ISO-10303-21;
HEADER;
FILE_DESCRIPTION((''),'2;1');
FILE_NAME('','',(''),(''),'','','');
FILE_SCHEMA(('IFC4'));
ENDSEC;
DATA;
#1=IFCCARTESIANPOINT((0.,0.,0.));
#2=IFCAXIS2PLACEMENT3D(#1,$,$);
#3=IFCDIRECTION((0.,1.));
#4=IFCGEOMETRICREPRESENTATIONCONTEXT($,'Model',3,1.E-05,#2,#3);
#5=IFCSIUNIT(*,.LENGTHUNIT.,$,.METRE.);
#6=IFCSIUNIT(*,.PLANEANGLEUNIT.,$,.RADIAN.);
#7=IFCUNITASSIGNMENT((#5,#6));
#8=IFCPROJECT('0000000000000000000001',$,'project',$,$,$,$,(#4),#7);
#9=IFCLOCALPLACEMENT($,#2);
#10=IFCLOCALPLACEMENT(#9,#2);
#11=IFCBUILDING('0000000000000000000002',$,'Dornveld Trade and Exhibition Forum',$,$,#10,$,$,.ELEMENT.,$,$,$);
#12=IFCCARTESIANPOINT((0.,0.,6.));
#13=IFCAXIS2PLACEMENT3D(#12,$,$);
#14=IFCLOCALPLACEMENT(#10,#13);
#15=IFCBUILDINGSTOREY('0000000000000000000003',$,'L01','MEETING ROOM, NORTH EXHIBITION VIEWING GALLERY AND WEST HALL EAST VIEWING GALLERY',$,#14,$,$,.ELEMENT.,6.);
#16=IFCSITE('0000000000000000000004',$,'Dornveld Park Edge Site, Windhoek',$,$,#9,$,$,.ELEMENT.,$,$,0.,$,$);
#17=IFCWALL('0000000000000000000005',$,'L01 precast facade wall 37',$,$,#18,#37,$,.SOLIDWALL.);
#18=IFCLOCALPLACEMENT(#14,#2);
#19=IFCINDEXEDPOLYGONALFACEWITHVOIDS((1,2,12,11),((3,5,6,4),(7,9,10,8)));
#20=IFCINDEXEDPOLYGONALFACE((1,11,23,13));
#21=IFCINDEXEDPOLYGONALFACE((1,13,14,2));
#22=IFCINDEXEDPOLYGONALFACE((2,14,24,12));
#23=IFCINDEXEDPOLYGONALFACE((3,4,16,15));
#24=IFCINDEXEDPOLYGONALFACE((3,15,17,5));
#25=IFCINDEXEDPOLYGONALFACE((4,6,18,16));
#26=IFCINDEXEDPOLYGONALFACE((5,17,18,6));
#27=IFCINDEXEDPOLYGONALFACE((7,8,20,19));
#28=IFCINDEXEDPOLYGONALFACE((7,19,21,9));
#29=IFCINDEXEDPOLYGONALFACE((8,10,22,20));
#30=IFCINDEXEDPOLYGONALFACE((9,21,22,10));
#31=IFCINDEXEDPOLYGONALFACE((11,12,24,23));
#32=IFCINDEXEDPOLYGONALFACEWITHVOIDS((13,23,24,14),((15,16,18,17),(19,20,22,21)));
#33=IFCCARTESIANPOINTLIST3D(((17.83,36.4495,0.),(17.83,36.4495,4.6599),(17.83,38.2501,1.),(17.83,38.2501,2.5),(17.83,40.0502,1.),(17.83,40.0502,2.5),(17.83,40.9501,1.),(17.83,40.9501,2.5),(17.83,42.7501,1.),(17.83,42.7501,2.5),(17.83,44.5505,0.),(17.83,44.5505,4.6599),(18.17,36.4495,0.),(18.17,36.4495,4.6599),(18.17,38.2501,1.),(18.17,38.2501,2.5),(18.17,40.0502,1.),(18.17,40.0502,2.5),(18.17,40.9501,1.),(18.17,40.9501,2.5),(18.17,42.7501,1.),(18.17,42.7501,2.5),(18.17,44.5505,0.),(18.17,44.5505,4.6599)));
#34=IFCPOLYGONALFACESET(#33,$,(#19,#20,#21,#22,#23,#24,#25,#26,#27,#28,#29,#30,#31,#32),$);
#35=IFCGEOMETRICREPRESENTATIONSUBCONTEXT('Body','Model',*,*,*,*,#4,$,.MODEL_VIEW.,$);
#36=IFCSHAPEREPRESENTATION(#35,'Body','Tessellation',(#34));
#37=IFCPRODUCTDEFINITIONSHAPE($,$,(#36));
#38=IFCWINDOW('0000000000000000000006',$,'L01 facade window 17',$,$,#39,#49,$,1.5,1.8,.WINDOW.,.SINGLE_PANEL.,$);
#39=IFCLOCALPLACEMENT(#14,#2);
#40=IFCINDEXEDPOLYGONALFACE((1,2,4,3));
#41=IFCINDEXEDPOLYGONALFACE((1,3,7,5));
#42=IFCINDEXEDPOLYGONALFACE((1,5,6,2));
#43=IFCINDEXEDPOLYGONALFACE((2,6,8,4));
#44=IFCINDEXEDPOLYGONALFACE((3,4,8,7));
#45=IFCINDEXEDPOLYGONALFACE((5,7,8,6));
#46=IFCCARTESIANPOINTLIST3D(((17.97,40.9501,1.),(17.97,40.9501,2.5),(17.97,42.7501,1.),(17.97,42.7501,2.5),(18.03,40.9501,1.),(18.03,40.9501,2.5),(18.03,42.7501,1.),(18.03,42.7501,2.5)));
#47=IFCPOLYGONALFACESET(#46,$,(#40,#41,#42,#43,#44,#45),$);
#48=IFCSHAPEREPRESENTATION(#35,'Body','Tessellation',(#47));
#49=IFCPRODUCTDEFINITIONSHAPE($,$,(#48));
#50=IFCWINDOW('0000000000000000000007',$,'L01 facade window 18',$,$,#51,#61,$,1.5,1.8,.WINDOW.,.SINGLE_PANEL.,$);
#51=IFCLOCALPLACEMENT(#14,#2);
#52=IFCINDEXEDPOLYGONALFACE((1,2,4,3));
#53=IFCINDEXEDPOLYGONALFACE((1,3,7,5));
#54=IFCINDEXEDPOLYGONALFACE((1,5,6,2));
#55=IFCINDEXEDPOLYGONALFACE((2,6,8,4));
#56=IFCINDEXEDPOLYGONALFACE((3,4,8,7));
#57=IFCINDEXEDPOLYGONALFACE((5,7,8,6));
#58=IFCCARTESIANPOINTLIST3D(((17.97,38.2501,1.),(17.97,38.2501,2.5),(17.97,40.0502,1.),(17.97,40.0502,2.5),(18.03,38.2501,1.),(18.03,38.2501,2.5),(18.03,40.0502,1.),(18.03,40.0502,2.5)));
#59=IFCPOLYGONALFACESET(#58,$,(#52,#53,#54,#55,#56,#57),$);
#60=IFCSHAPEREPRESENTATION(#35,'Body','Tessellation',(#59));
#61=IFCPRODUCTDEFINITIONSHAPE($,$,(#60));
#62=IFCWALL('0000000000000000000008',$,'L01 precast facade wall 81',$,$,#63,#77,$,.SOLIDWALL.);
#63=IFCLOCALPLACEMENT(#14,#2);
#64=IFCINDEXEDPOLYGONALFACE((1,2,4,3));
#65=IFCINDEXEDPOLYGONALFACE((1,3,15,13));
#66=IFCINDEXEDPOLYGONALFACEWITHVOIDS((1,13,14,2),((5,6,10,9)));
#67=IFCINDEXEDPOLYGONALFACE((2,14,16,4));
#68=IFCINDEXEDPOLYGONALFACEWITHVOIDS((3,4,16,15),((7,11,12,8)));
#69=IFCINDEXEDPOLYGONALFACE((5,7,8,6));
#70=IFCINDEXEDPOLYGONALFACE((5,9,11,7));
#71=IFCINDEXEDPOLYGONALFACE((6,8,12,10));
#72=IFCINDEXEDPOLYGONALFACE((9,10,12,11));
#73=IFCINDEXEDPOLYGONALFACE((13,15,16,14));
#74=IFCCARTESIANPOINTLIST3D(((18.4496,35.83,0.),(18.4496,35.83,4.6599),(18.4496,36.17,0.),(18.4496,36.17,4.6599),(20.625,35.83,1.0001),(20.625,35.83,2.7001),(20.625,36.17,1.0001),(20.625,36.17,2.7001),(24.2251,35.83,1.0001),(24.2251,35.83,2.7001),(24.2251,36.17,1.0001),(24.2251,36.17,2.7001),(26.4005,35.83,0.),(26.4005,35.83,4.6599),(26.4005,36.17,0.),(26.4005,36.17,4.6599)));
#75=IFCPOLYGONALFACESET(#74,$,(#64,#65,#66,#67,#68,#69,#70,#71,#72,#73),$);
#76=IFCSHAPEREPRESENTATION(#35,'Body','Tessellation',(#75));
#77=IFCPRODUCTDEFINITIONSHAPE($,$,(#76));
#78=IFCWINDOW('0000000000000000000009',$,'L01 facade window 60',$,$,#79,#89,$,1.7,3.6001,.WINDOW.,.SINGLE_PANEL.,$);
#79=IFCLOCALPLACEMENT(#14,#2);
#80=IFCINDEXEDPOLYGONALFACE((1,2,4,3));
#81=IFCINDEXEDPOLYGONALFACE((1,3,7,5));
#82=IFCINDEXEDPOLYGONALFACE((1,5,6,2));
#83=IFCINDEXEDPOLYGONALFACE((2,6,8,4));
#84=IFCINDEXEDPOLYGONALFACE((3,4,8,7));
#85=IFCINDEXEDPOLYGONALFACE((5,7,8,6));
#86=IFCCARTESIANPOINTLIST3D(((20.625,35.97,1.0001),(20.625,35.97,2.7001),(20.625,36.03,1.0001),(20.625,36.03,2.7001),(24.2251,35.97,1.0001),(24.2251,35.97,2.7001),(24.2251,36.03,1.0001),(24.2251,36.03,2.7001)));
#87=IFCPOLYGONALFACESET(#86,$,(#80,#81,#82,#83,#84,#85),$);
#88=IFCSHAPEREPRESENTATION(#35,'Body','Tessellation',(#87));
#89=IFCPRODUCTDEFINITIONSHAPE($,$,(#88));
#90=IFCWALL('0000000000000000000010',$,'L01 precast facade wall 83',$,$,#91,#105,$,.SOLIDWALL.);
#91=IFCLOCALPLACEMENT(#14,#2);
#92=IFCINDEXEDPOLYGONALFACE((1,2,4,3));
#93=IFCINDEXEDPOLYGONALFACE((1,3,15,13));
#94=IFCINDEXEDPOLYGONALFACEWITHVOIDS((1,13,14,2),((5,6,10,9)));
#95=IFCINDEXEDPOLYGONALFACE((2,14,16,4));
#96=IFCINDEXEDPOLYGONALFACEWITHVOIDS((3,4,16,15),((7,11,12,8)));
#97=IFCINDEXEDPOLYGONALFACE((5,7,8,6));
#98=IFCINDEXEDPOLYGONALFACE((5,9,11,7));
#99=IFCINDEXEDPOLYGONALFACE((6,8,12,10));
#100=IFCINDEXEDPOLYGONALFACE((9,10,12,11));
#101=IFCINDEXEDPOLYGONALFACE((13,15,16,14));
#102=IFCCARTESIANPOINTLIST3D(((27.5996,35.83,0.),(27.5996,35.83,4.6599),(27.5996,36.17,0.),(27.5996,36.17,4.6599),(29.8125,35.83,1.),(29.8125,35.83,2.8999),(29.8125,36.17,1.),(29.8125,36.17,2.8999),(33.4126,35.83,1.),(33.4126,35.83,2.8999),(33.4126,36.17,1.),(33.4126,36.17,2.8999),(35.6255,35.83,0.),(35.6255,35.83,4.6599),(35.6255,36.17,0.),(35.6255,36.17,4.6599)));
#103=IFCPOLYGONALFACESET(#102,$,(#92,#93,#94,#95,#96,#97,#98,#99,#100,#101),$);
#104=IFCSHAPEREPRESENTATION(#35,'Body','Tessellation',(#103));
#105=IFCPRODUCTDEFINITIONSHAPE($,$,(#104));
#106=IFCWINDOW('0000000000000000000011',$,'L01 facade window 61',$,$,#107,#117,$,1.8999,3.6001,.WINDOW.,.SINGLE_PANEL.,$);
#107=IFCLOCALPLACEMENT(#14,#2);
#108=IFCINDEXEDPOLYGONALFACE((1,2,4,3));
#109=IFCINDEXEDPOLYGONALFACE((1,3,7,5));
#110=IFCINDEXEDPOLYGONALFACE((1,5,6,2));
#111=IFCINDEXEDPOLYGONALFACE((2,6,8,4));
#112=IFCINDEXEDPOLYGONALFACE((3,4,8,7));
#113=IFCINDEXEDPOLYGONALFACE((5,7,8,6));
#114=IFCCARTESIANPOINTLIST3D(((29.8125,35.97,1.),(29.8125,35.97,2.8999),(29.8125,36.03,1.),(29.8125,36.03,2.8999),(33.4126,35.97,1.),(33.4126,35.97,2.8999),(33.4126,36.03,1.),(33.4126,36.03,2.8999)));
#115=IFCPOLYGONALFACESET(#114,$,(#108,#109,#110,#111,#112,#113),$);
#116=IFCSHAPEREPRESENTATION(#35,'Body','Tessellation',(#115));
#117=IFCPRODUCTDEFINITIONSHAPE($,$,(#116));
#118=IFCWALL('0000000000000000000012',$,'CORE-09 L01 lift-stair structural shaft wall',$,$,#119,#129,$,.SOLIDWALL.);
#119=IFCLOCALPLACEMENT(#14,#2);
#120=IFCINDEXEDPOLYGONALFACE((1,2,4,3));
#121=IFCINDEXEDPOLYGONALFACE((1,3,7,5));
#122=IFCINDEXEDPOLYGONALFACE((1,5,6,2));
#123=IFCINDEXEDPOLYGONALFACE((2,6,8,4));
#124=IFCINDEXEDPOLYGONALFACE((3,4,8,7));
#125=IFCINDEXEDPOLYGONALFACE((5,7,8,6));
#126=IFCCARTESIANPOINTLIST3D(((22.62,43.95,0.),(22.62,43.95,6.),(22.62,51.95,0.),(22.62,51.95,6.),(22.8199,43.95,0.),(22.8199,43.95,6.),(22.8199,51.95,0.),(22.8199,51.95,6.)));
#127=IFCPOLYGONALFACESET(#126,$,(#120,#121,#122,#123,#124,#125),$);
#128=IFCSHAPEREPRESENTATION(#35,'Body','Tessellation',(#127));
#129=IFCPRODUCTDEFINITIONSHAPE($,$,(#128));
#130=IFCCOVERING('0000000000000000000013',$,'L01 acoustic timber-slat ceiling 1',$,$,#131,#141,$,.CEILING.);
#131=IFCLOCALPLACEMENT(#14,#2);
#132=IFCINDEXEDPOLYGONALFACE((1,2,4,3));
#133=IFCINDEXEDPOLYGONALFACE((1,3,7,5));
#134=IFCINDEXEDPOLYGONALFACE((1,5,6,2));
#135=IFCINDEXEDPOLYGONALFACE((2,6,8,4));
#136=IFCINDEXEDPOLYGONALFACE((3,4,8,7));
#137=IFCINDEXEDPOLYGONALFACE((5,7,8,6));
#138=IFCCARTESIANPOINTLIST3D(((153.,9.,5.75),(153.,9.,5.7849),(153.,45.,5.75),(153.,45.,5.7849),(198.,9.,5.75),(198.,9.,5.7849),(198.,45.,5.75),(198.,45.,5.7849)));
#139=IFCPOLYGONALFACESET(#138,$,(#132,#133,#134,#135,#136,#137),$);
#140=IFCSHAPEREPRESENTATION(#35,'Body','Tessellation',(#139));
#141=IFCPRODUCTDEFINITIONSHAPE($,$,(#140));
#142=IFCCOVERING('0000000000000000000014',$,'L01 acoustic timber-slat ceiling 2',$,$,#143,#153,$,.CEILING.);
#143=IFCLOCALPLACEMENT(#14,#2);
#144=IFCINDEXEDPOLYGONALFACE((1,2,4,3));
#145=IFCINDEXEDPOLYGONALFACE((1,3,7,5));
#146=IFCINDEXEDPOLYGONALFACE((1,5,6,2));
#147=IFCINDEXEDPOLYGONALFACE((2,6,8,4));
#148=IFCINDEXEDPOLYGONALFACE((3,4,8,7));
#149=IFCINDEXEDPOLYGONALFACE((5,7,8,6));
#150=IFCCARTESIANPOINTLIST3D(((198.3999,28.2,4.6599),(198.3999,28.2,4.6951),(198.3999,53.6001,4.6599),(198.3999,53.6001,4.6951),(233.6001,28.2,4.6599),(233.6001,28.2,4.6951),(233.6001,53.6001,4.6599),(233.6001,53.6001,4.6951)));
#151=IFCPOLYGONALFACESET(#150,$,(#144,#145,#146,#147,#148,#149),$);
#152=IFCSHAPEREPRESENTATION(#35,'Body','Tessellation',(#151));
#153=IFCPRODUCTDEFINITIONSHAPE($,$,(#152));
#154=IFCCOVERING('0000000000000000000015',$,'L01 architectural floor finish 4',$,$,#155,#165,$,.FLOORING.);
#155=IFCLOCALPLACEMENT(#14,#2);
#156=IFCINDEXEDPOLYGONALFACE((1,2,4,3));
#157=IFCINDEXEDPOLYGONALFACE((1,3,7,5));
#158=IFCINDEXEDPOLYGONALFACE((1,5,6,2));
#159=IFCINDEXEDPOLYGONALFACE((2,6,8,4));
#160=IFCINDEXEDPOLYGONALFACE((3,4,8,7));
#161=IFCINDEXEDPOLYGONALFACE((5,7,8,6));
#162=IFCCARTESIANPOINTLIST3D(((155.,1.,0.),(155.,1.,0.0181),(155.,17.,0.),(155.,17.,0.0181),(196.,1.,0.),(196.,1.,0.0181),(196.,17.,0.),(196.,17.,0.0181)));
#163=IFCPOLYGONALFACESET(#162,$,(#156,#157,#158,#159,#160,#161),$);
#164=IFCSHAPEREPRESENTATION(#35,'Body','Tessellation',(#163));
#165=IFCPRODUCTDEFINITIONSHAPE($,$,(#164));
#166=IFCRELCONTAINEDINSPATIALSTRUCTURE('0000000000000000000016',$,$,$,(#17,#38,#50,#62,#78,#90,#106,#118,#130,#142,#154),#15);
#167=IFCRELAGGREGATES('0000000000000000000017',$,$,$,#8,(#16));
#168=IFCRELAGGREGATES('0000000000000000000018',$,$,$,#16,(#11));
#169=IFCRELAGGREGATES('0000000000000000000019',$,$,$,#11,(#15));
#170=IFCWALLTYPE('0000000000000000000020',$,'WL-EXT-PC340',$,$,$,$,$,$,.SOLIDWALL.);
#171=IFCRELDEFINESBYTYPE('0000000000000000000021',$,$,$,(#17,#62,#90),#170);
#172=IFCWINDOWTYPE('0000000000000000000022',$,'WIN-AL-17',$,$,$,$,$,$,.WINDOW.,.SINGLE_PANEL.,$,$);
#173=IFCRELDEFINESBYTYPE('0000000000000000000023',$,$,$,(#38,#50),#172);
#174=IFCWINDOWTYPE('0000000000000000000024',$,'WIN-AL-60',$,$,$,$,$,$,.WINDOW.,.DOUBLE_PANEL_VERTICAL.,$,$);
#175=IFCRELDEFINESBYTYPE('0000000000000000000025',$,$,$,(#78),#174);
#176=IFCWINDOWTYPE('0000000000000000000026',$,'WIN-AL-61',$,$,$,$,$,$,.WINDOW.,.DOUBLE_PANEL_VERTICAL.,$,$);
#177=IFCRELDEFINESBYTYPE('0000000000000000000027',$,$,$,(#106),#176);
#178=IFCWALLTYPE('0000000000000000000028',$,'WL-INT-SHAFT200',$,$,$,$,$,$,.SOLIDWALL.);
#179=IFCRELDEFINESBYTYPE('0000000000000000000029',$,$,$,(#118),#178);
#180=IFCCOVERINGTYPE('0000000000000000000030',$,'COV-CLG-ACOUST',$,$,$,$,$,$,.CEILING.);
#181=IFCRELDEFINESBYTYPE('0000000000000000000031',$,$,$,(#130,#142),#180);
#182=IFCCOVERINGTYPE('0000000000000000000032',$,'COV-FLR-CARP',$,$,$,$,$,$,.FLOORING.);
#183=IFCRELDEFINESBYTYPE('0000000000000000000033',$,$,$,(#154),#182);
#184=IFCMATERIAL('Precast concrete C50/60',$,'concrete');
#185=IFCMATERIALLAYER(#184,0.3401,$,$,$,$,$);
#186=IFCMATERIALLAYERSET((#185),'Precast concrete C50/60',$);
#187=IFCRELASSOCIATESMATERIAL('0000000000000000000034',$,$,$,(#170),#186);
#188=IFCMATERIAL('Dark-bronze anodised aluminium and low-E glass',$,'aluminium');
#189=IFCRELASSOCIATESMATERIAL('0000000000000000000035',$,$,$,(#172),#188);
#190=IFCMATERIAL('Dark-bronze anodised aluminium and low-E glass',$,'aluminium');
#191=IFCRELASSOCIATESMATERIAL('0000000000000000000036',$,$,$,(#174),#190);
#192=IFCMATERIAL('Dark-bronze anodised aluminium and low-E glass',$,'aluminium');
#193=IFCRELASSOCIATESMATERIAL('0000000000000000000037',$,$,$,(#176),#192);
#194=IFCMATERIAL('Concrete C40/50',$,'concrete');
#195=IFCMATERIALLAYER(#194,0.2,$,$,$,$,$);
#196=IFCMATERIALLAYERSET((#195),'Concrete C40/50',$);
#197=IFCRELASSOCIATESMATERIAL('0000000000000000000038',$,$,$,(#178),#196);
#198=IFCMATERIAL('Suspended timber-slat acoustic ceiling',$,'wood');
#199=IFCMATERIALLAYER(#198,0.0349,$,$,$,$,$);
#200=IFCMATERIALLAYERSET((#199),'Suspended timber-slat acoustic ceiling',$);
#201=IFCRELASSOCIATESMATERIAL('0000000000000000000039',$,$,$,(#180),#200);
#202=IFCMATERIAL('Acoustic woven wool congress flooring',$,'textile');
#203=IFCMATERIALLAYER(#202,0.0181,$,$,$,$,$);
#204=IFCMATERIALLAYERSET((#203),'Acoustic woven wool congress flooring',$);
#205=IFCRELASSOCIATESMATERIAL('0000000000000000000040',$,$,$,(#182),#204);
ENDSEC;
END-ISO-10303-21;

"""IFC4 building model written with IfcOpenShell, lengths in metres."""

from ifc_helpers import new_model, si_unit, direction, frame, frame_2d, origin, place, context, subcontext, project, spatial, polyline, rectangle, outline, extrude, material, layer, layer_set, type_object, element, fill, save


model = new_model("IFC4")

# Units and contexts
model_context = context("Model", 3, precision=1e-05, world=origin(), true_north=direction((0.0, 1.0)))
body_context = subcontext(model_context, "Body", "Model", "MODEL_VIEW")
ifc_project = project(units=[si_unit("LENGTHUNIT", "METRE"), si_unit("PLANEANGLEUNIT", "RADIAN")], contexts=[model_context])

# Site, building, storey
site_placement = place(None, origin())
site = spatial("IfcSite", under=ifc_project, at=site_placement, Name="Dornveld Park Edge Site, Windhoek", CompositionType="ELEMENT", RefElevation=0.0)
building_placement = place(site_placement, origin())
building = spatial("IfcBuilding", under=site, at=building_placement, Name="Dornveld Trade and Exhibition Forum", CompositionType="ELEMENT")
storey_placement = place(building_placement, frame((0.0, 0.0, 6.0)))
storey = spatial("IfcBuildingStorey", under=building, at=storey_placement, Name="L01", Description="MEETING ROOM, NORTH EXHIBITION VIEWING GALLERY AND WEST HALL EAST VIEWING GALLERY", CompositionType="ELEMENT", Elevation=6.0)

# Wall, openings, windows
ifc_material_1 = material(Name="Precast concrete C50/60", Category="concrete")
ifc_layer_1 = layer(ifc_material_1, 0.3401)
ifc_layer_set_1 = layer_set([ifc_layer_1], Name="Precast concrete C50/60")
wall_type_1 = type_object("IfcWallType", Name="WL-EXT-PC340", PredefinedType="SOLIDWALL", material=ifc_layer_set_1)
wall_1_placement = place(storey_placement, frame((18.0, 44.5505, 0.0), z_axis=(0.0, 0.0, 1.0), x_axis=(0.0, -1.0, 0.0)))
wall_1 = element("IfcWall", 1, at=wall_1_placement, inside=storey, type_object=wall_type_1, Name="L01 precast facade wall 37", PredefinedType="SOLIDWALL", context=body_context, shape_type="SweptSolid", body=[
    extrude(rectangle(XDim=8.1011, YDim=0.3401, at=frame_2d((4.0505, 0.0))), origin(), (0.0, 0.0, 1.0), 4.6599),
])
opening_1_placement = place(wall_1_placement, frame((1.8005, 0.0, 1.0)))
opening_1 = element("IfcOpeningElement", 2, at=opening_1_placement, cuts=wall_1, PredefinedType="OPENING", context=body_context, shape_type="SweptSolid", body=[
    extrude(rectangle(XDim=1.8, YDim=1.5, at=frame_2d((0.8999, 0.75))), frame((0.0, 0.1799, 0.0), z_axis=(0.0, -1.0, 0.0), x_axis=(1.0, 0.0, 0.0)), (0.0, 0.0, 1.0), 0.3601),
])
opening_2_placement = place(wall_1_placement, frame((4.5005, 0.0, 1.0)))
opening_2 = element("IfcOpeningElement", 3, at=opening_2_placement, cuts=wall_1, PredefinedType="OPENING", context=body_context, shape_type="SweptSolid", body=[
    extrude(rectangle(XDim=1.8, YDim=1.5, at=frame_2d((0.8999, 0.75))), frame((0.0, 0.1799, 0.0), z_axis=(0.0, -1.0, 0.0), x_axis=(1.0, 0.0, 0.0)), (0.0, 0.0, 1.0), 0.3601),
])
ifc_material_2 = material(Name="Dark-bronze anodised aluminium and low-E glass", Category="aluminium")
window_type_1 = type_object("IfcWindowType", Name="WIN-AL-17", PartitioningType="SINGLE_PANEL", PredefinedType="WINDOW", material=ifc_material_2)
window_1_placement = place(opening_1_placement, origin())
window_1 = element("IfcWindow", 4, at=window_1_placement, inside=storey, type_object=window_type_1, Name="L01 facade window 17", OverallHeight=1.5, OverallWidth=1.8, PartitioningType="SINGLE_PANEL", PredefinedType="WINDOW", context=body_context, shape_type="SweptSolid", body=[
    extrude(rectangle(XDim=1.8, YDim=1.5, at=frame_2d((0.8999, 0.75))), frame((0.0, 0.03, 0.0), z_axis=(0.0, -1.0, 0.0), x_axis=(1.0, 0.0, 0.0)), (0.0, 0.0, 1.0), 0.0601),
])
fill(opening_1, window_1)
window_2_placement = place(opening_2_placement, origin())
window_2 = element("IfcWindow", 5, at=window_2_placement, inside=storey, type_object=window_type_1, Name="L01 facade window 18", OverallHeight=1.5, OverallWidth=1.8, PartitioningType="SINGLE_PANEL", PredefinedType="WINDOW", context=body_context, shape_type="SweptSolid", body=[
    extrude(rectangle(XDim=1.8, YDim=1.5, at=frame_2d((0.8999, 0.75))), frame((0.0, 0.03, 0.0), z_axis=(0.0, -1.0, 0.0), x_axis=(1.0, 0.0, 0.0)), (0.0, 0.0, 1.0), 0.0601),
])
fill(opening_2, window_2)

# Walls, openings, windows
wall_2_placement = place(storey_placement, frame((18.4495, 36.0, 0.0), z_axis=(0.0, 0.0, 1.0), x_axis=(1.0, 0.0, 0.0)))
wall_2 = element("IfcWall", 6, at=wall_2_placement, inside=storey, type_object=wall_type_1, Name="L01 precast facade wall 81", PredefinedType="SOLIDWALL", context=body_context, shape_type="SweptSolid", body=[
    extrude(rectangle(XDim=7.9509, YDim=0.3401, at=frame_2d((3.9756, 0.0))), origin(), (0.0, 0.0, 1.0), 4.6599),
])
opening_3_placement = place(wall_2_placement, frame((2.1755, 0.0, 1.0)))
opening_3 = element("IfcOpeningElement", 7, at=opening_3_placement, cuts=wall_2, PredefinedType="OPENING", context=body_context, shape_type="SweptSolid", body=[
    extrude(rectangle(XDim=3.6001, YDim=1.7, at=frame_2d((1.8, 0.8501))), frame((0.0, 0.1799, 0.0), z_axis=(0.0, -1.0, 0.0), x_axis=(1.0, 0.0, 0.0)), (0.0, 0.0, 1.0), 0.3601),
])
ifc_material_3 = material(Name="Dark-bronze anodised aluminium and low-E glass", Category="aluminium")
window_type_2 = type_object("IfcWindowType", Name="WIN-AL-60", PartitioningType="DOUBLE_PANEL_VERTICAL", PredefinedType="WINDOW", material=ifc_material_3)
window_3_placement = place(opening_3_placement, origin())
window_3 = element("IfcWindow", 8, at=window_3_placement, inside=storey, type_object=window_type_2, Name="L01 facade window 60", OverallHeight=1.7, OverallWidth=3.6001, PartitioningType="SINGLE_PANEL", PredefinedType="WINDOW", context=body_context, shape_type="SweptSolid", body=[
    extrude(rectangle(XDim=3.6001, YDim=1.7, at=frame_2d((1.8, 0.8501))), frame((0.0, 0.03, 0.0), z_axis=(0.0, -1.0, 0.0), x_axis=(1.0, 0.0, 0.0)), (0.0, 0.0, 1.0), 0.0601),
])
fill(opening_3, window_3)
wall_3_placement = place(storey_placement, frame((27.5996, 36.0, 0.0), z_axis=(0.0, 0.0, 1.0), x_axis=(1.0, 0.0, 0.0)))
wall_3 = element("IfcWall", 9, at=wall_3_placement, inside=storey, type_object=wall_type_1, Name="L01 precast facade wall 83", PredefinedType="SOLIDWALL", context=body_context, shape_type="SweptSolid", body=[
    extrude(rectangle(XDim=8.0259, YDim=0.3401, at=frame_2d((4.0129, 0.0))), origin(), (0.0, 0.0, 1.0), 4.6599),
])
opening_4_placement = place(wall_3_placement, frame((2.2129, 0.0, 1.0)))
opening_4 = element("IfcOpeningElement", 10, at=opening_4_placement, cuts=wall_3, PredefinedType="OPENING", context=body_context, shape_type="SweptSolid", body=[
    extrude(rectangle(XDim=3.6001, YDim=1.8999, at=frame_2d((1.8, 0.95))), frame((0.0, 0.1799, 0.0), z_axis=(0.0, -1.0, 0.0), x_axis=(1.0, 0.0, 0.0)), (0.0, 0.0, 1.0), 0.3601),
])
ifc_material_4 = material(Name="Dark-bronze anodised aluminium and low-E glass", Category="aluminium")
window_type_3 = type_object("IfcWindowType", Name="WIN-AL-61", PartitioningType="DOUBLE_PANEL_VERTICAL", PredefinedType="WINDOW", material=ifc_material_4)
window_4_placement = place(opening_4_placement, origin())
window_4 = element("IfcWindow", 11, at=window_4_placement, inside=storey, type_object=window_type_3, Name="L01 facade window 61", OverallHeight=1.8999, OverallWidth=3.6001, PartitioningType="SINGLE_PANEL", PredefinedType="WINDOW", context=body_context, shape_type="SweptSolid", body=[
    extrude(rectangle(XDim=3.6001, YDim=1.8999, at=frame_2d((1.8, 0.95))), frame((0.0, 0.03, 0.0), z_axis=(0.0, -1.0, 0.0), x_axis=(1.0, 0.0, 0.0)), (0.0, 0.0, 1.0), 0.0601),
])
fill(opening_4, window_4)

# Wall
ifc_material_5 = material(Name="Concrete C40/50", Category="concrete")
ifc_layer_2 = layer(ifc_material_5, 0.2)
ifc_layer_set_2 = layer_set([ifc_layer_2], Name="Concrete C40/50")
wall_type_2 = type_object("IfcWallType", Name="WL-INT-SHAFT200", PredefinedType="SOLIDWALL", material=ifc_layer_set_2)
wall_4_placement = place(storey_placement, frame((22.72, 43.95, 0.0), z_axis=(0.0, 0.0, 1.0), x_axis=(0.0, 1.0, 0.0)))
element("IfcWall", 12, at=wall_4_placement, inside=storey, type_object=wall_type_2, Name="CORE-09 L01 lift-stair structural shaft wall", PredefinedType="SOLIDWALL", context=body_context, shape_type="SweptSolid", body=[
    extrude(rectangle(XDim=8.0, YDim=0.2, at=frame_2d((4.0, 0.0))), origin(), (0.0, 0.0, 1.0), 6.0),
])

# Coverings
ifc_material_6 = material(Name="Suspended timber-slat acoustic ceiling", Category="wood")
ifc_layer_3 = layer(ifc_material_6, 0.0349)
ifc_layer_set_3 = layer_set([ifc_layer_3], Name="Suspended timber-slat acoustic ceiling")
covering_type_1 = type_object("IfcCoveringType", Name="COV-CLG-ACOUST", PredefinedType="CEILING", material=ifc_layer_set_3)
covering_1_placement = place(storey_placement, frame((0.0, 0.0, 5.75)))
element("IfcCovering", 13, at=covering_1_placement, inside=storey, type_object=covering_type_1, Name="L01 acoustic timber-slat ceiling 1", PredefinedType="CEILING", context=body_context, shape_type="SweptSolid", body=[
    extrude(outline(polyline([(153.0, 9.0), (198.0, 9.0), (198.0, 45.0), (153.0, 45.0), (153.0, 9.0)])), origin(), (0.0, 0.0, 1.0), 0.0349),
])
covering_2_placement = place(storey_placement, frame((0.0, 0.0, 4.6599)))
element("IfcCovering", 14, at=covering_2_placement, inside=storey, type_object=covering_type_1, Name="L01 acoustic timber-slat ceiling 2", PredefinedType="CEILING", context=body_context, shape_type="SweptSolid", body=[
    extrude(outline(polyline([(198.3999, 28.2), (233.6001, 28.2), (233.6001, 53.6001), (198.3999, 53.6001), (198.3999, 28.2)])), origin(), (0.0, 0.0, 1.0), 0.0352),
])
ifc_material_7 = material(Name="Acoustic woven wool congress flooring", Category="textile")
ifc_layer_4 = layer(ifc_material_7, 0.0181)
ifc_layer_set_4 = layer_set([ifc_layer_4], Name="Acoustic woven wool congress flooring")
covering_type_2 = type_object("IfcCoveringType", Name="COV-FLR-CARP", PredefinedType="FLOORING", material=ifc_layer_set_4)
covering_3_placement = place(storey_placement, origin())
element("IfcCovering", 15, at=covering_3_placement, inside=storey, type_object=covering_type_2, Name="L01 architectural floor finish 4", PredefinedType="FLOORING", context=body_context, shape_type="SweptSolid", body=[
    extrude(outline(polyline([(155.0, 1.0), (196.0, 1.0), (196.0, 17.0), (155.0, 17.0), (155.0, 1.0)])), origin(), (0.0, 0.0, 1.0), 0.0181),
])

save(model, "model.ifc")
